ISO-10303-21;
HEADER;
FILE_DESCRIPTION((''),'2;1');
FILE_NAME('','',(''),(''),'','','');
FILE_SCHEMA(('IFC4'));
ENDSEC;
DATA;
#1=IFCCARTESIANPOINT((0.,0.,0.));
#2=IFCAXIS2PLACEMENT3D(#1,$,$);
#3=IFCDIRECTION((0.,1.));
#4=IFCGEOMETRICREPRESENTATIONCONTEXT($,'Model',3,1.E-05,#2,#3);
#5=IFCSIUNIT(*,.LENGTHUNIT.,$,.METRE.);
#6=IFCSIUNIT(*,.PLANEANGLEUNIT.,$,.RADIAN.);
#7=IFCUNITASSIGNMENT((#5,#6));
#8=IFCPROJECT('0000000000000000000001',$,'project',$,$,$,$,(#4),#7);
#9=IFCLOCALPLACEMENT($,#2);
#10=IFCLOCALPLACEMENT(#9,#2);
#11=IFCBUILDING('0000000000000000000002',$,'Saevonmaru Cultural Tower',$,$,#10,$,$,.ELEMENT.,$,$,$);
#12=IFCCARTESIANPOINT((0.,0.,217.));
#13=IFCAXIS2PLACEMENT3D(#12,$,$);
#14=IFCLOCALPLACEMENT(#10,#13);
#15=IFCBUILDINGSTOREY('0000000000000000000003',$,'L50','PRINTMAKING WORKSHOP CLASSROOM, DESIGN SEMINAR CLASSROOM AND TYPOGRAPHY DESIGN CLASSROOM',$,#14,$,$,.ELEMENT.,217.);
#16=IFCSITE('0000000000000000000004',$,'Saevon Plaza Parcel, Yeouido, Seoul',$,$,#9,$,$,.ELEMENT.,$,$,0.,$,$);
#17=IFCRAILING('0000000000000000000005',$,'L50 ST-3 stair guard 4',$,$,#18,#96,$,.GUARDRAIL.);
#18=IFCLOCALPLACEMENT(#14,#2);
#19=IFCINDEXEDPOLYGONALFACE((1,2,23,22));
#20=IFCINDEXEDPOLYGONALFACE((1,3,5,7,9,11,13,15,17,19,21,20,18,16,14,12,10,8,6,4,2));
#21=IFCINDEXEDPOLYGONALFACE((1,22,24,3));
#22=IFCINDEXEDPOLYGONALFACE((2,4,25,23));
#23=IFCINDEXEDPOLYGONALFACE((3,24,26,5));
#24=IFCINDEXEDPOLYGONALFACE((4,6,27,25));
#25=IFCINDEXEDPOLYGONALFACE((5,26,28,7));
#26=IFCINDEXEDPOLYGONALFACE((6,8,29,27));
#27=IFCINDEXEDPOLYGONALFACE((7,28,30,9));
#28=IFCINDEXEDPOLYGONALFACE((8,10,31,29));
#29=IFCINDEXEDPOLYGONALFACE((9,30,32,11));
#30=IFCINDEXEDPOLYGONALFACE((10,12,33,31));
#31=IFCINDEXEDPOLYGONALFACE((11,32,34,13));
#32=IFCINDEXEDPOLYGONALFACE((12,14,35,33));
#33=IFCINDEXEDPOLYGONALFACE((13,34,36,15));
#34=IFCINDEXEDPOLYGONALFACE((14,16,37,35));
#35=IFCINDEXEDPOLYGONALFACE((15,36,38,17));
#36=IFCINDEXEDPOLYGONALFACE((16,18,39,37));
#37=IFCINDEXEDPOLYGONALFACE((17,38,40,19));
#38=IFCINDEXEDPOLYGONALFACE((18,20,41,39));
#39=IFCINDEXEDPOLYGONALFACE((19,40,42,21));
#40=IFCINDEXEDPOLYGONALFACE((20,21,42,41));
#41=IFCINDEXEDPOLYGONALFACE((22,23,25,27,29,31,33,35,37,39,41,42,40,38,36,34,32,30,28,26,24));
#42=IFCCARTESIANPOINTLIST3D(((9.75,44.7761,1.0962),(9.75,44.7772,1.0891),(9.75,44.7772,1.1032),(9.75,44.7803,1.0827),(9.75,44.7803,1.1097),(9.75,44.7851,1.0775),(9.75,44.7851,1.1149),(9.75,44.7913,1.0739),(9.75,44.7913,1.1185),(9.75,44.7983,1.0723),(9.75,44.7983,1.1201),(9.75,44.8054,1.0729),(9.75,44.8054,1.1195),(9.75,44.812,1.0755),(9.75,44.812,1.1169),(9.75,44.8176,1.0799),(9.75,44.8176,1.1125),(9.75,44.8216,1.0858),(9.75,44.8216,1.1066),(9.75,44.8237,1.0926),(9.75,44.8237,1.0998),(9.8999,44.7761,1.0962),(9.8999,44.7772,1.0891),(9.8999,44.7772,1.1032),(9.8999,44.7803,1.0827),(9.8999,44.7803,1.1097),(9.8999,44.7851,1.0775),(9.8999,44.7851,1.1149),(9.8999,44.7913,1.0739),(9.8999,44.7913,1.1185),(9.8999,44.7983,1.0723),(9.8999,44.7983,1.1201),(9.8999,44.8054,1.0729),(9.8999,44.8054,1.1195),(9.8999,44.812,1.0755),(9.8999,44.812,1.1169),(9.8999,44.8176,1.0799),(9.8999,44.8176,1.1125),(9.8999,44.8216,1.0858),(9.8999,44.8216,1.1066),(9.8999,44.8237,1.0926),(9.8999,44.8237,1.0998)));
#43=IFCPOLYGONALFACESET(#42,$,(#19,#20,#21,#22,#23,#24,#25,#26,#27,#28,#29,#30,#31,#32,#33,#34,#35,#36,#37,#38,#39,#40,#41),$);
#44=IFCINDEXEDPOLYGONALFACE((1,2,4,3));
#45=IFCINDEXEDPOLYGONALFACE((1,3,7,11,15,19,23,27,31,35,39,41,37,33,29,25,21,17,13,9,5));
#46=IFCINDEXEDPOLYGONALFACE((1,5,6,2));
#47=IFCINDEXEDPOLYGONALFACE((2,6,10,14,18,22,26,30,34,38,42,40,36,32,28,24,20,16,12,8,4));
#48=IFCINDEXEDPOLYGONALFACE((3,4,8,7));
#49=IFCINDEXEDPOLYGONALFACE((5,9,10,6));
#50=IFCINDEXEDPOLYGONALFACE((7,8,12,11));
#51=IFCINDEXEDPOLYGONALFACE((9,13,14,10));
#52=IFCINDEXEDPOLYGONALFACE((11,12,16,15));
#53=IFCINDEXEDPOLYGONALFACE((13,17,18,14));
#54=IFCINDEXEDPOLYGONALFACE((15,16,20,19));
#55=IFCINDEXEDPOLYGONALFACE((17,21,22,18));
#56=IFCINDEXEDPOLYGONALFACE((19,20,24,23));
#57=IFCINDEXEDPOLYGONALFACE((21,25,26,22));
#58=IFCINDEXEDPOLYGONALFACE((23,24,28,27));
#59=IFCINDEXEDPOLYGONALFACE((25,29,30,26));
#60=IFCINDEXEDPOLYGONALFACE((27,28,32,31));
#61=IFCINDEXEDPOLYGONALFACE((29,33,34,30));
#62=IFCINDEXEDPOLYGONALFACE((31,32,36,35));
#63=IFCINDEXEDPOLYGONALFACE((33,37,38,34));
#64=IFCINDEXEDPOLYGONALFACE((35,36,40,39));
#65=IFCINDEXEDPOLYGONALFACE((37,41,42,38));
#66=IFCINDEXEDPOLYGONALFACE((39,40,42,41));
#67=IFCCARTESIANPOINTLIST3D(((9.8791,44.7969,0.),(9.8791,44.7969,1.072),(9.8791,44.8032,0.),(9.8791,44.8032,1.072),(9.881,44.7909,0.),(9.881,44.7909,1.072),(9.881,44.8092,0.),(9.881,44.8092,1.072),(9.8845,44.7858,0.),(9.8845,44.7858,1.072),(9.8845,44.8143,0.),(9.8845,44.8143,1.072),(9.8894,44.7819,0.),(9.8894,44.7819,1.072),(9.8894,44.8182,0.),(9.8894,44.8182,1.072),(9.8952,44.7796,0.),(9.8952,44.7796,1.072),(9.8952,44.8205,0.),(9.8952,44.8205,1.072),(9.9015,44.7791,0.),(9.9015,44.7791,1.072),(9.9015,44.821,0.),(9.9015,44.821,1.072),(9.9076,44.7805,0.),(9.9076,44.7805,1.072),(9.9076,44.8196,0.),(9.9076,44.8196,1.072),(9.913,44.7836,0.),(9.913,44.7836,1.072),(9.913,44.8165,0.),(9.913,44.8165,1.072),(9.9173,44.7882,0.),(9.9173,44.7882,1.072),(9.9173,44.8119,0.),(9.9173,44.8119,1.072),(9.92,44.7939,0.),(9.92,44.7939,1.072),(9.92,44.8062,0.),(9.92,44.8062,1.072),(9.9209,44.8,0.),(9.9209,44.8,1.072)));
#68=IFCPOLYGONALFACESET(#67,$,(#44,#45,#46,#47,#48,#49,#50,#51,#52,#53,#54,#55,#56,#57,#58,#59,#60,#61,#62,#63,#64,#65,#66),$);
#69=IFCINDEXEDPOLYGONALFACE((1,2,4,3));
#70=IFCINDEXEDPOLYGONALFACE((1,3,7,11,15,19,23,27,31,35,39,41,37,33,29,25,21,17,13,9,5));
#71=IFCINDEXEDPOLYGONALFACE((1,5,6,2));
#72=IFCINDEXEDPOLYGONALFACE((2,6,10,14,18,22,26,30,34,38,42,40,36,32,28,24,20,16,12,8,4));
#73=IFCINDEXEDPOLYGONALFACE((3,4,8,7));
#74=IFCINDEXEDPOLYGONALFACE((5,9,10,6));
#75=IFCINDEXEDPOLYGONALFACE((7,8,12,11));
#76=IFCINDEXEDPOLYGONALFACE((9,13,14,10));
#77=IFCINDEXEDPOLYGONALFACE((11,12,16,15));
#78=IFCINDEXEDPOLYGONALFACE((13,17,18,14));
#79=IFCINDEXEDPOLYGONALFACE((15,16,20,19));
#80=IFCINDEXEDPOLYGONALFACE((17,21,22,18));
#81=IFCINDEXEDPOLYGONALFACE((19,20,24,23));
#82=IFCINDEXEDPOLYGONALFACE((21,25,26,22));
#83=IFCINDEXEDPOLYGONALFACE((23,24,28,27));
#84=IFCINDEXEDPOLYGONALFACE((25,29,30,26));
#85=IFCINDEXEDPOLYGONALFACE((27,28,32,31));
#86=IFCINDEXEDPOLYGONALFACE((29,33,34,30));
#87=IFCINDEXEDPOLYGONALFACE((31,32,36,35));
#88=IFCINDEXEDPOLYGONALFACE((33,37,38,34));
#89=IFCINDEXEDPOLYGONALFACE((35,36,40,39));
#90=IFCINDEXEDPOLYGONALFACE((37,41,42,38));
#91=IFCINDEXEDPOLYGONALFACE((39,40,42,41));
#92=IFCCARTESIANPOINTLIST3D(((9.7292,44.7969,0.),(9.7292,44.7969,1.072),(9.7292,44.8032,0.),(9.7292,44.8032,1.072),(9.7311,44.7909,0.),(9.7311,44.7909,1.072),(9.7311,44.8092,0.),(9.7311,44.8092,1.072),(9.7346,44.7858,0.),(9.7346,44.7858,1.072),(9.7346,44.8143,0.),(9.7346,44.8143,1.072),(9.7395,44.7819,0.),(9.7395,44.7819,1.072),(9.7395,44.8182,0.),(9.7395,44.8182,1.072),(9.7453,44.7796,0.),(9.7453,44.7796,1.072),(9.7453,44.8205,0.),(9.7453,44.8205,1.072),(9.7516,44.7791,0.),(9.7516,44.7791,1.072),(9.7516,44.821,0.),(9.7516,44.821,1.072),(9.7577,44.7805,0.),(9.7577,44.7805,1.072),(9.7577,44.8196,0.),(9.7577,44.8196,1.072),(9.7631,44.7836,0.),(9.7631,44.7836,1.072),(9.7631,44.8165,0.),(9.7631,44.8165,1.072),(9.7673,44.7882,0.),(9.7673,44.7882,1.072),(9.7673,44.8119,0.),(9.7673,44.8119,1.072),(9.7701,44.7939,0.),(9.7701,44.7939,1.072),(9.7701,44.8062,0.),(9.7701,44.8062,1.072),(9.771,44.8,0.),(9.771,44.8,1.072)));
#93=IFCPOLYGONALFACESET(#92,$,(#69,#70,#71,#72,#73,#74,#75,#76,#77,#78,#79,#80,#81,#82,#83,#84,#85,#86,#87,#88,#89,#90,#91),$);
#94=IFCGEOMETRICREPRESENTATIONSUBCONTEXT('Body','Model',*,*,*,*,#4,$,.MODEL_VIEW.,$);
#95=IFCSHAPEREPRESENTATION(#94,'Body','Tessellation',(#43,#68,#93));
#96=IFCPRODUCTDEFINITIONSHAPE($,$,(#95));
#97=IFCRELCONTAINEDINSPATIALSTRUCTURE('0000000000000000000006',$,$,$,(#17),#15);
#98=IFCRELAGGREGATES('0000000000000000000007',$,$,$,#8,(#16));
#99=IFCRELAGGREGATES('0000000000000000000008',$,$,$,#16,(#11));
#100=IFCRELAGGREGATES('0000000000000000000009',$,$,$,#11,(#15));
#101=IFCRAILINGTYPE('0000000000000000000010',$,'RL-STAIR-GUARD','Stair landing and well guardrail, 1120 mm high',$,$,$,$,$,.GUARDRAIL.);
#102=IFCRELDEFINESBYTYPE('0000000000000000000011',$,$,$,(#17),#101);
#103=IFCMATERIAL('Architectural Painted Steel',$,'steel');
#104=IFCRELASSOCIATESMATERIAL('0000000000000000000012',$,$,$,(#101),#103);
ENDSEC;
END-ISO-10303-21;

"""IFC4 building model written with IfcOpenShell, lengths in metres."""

from ifc_helpers import new_model, si_unit, direction, frame, origin, origin_2d, place, context, subcontext, project, spatial, circle, extrude, material, type_object, element, save


model = new_model("IFC4")

# Units and contexts
model_context = context("Model", 3, precision=1e-05, world=origin(), true_north=direction((0.0, 1.0)))
body_context = subcontext(model_context, "Body", "Model", "MODEL_VIEW")
ifc_project = project(units=[si_unit("LENGTHUNIT", "METRE"), si_unit("PLANEANGLEUNIT", "RADIAN")], contexts=[model_context])

# Site, building, storey
site_placement = place(None, origin())
site = spatial("IfcSite", under=ifc_project, at=site_placement, Name="Saevon Plaza Parcel, Yeouido, Seoul", CompositionType="ELEMENT", RefElevation=0.0)
building_placement = place(site_placement, origin())
building = spatial("IfcBuilding", under=site, at=building_placement, Name="Saevonmaru Cultural Tower", CompositionType="ELEMENT")
storey_placement = place(building_placement, frame((0.0, 0.0, 217.0)))
storey = spatial("IfcBuildingStorey", under=building, at=storey_placement, Name="L50", Description="PRINTMAKING WORKSHOP CLASSROOM, DESIGN SEMINAR CLASSROOM AND TYPOGRAPHY DESIGN CLASSROOM", CompositionType="ELEMENT", Elevation=217.0)

# Railing
ifc_material_1 = material(Name="Architectural Painted Steel", Category="steel")
railing_type_1 = type_object("IfcRailingType", Name="RL-STAIR-GUARD", Description="Stair landing and well guardrail, 1120 mm high", PredefinedType="GUARDRAIL", material=ifc_material_1)
railing_1_placement = place(storey_placement, frame((9.8999, 44.8, 0.0)))
element("IfcRailing", 1, at=railing_1_placement, inside=storey, type_object=railing_type_1, Name="L50 ST-3 stair guard 4", PredefinedType="GUARDRAIL", context=body_context, shape_type="SweptSolid", body=[
    extrude(circle(Radius=0.0239, at=origin_2d()), frame((0.0, 0.0, 1.0962), z_axis=(-1.0, 0.0, 0.0), x_axis=(0.0, -1.0, 0.0)), (0.0, 0.0, 1.0), 0.1499),
    extrude(circle(Radius=0.021, at=origin_2d()), origin(), (0.0, 0.0, 1.0), 1.072),
    extrude(circle(Radius=0.021, at=origin_2d()), frame((-0.1499, 0.0, 0.0)), (0.0, 0.0, 1.0), 1.072),
])

save(model, "model.ifc")
